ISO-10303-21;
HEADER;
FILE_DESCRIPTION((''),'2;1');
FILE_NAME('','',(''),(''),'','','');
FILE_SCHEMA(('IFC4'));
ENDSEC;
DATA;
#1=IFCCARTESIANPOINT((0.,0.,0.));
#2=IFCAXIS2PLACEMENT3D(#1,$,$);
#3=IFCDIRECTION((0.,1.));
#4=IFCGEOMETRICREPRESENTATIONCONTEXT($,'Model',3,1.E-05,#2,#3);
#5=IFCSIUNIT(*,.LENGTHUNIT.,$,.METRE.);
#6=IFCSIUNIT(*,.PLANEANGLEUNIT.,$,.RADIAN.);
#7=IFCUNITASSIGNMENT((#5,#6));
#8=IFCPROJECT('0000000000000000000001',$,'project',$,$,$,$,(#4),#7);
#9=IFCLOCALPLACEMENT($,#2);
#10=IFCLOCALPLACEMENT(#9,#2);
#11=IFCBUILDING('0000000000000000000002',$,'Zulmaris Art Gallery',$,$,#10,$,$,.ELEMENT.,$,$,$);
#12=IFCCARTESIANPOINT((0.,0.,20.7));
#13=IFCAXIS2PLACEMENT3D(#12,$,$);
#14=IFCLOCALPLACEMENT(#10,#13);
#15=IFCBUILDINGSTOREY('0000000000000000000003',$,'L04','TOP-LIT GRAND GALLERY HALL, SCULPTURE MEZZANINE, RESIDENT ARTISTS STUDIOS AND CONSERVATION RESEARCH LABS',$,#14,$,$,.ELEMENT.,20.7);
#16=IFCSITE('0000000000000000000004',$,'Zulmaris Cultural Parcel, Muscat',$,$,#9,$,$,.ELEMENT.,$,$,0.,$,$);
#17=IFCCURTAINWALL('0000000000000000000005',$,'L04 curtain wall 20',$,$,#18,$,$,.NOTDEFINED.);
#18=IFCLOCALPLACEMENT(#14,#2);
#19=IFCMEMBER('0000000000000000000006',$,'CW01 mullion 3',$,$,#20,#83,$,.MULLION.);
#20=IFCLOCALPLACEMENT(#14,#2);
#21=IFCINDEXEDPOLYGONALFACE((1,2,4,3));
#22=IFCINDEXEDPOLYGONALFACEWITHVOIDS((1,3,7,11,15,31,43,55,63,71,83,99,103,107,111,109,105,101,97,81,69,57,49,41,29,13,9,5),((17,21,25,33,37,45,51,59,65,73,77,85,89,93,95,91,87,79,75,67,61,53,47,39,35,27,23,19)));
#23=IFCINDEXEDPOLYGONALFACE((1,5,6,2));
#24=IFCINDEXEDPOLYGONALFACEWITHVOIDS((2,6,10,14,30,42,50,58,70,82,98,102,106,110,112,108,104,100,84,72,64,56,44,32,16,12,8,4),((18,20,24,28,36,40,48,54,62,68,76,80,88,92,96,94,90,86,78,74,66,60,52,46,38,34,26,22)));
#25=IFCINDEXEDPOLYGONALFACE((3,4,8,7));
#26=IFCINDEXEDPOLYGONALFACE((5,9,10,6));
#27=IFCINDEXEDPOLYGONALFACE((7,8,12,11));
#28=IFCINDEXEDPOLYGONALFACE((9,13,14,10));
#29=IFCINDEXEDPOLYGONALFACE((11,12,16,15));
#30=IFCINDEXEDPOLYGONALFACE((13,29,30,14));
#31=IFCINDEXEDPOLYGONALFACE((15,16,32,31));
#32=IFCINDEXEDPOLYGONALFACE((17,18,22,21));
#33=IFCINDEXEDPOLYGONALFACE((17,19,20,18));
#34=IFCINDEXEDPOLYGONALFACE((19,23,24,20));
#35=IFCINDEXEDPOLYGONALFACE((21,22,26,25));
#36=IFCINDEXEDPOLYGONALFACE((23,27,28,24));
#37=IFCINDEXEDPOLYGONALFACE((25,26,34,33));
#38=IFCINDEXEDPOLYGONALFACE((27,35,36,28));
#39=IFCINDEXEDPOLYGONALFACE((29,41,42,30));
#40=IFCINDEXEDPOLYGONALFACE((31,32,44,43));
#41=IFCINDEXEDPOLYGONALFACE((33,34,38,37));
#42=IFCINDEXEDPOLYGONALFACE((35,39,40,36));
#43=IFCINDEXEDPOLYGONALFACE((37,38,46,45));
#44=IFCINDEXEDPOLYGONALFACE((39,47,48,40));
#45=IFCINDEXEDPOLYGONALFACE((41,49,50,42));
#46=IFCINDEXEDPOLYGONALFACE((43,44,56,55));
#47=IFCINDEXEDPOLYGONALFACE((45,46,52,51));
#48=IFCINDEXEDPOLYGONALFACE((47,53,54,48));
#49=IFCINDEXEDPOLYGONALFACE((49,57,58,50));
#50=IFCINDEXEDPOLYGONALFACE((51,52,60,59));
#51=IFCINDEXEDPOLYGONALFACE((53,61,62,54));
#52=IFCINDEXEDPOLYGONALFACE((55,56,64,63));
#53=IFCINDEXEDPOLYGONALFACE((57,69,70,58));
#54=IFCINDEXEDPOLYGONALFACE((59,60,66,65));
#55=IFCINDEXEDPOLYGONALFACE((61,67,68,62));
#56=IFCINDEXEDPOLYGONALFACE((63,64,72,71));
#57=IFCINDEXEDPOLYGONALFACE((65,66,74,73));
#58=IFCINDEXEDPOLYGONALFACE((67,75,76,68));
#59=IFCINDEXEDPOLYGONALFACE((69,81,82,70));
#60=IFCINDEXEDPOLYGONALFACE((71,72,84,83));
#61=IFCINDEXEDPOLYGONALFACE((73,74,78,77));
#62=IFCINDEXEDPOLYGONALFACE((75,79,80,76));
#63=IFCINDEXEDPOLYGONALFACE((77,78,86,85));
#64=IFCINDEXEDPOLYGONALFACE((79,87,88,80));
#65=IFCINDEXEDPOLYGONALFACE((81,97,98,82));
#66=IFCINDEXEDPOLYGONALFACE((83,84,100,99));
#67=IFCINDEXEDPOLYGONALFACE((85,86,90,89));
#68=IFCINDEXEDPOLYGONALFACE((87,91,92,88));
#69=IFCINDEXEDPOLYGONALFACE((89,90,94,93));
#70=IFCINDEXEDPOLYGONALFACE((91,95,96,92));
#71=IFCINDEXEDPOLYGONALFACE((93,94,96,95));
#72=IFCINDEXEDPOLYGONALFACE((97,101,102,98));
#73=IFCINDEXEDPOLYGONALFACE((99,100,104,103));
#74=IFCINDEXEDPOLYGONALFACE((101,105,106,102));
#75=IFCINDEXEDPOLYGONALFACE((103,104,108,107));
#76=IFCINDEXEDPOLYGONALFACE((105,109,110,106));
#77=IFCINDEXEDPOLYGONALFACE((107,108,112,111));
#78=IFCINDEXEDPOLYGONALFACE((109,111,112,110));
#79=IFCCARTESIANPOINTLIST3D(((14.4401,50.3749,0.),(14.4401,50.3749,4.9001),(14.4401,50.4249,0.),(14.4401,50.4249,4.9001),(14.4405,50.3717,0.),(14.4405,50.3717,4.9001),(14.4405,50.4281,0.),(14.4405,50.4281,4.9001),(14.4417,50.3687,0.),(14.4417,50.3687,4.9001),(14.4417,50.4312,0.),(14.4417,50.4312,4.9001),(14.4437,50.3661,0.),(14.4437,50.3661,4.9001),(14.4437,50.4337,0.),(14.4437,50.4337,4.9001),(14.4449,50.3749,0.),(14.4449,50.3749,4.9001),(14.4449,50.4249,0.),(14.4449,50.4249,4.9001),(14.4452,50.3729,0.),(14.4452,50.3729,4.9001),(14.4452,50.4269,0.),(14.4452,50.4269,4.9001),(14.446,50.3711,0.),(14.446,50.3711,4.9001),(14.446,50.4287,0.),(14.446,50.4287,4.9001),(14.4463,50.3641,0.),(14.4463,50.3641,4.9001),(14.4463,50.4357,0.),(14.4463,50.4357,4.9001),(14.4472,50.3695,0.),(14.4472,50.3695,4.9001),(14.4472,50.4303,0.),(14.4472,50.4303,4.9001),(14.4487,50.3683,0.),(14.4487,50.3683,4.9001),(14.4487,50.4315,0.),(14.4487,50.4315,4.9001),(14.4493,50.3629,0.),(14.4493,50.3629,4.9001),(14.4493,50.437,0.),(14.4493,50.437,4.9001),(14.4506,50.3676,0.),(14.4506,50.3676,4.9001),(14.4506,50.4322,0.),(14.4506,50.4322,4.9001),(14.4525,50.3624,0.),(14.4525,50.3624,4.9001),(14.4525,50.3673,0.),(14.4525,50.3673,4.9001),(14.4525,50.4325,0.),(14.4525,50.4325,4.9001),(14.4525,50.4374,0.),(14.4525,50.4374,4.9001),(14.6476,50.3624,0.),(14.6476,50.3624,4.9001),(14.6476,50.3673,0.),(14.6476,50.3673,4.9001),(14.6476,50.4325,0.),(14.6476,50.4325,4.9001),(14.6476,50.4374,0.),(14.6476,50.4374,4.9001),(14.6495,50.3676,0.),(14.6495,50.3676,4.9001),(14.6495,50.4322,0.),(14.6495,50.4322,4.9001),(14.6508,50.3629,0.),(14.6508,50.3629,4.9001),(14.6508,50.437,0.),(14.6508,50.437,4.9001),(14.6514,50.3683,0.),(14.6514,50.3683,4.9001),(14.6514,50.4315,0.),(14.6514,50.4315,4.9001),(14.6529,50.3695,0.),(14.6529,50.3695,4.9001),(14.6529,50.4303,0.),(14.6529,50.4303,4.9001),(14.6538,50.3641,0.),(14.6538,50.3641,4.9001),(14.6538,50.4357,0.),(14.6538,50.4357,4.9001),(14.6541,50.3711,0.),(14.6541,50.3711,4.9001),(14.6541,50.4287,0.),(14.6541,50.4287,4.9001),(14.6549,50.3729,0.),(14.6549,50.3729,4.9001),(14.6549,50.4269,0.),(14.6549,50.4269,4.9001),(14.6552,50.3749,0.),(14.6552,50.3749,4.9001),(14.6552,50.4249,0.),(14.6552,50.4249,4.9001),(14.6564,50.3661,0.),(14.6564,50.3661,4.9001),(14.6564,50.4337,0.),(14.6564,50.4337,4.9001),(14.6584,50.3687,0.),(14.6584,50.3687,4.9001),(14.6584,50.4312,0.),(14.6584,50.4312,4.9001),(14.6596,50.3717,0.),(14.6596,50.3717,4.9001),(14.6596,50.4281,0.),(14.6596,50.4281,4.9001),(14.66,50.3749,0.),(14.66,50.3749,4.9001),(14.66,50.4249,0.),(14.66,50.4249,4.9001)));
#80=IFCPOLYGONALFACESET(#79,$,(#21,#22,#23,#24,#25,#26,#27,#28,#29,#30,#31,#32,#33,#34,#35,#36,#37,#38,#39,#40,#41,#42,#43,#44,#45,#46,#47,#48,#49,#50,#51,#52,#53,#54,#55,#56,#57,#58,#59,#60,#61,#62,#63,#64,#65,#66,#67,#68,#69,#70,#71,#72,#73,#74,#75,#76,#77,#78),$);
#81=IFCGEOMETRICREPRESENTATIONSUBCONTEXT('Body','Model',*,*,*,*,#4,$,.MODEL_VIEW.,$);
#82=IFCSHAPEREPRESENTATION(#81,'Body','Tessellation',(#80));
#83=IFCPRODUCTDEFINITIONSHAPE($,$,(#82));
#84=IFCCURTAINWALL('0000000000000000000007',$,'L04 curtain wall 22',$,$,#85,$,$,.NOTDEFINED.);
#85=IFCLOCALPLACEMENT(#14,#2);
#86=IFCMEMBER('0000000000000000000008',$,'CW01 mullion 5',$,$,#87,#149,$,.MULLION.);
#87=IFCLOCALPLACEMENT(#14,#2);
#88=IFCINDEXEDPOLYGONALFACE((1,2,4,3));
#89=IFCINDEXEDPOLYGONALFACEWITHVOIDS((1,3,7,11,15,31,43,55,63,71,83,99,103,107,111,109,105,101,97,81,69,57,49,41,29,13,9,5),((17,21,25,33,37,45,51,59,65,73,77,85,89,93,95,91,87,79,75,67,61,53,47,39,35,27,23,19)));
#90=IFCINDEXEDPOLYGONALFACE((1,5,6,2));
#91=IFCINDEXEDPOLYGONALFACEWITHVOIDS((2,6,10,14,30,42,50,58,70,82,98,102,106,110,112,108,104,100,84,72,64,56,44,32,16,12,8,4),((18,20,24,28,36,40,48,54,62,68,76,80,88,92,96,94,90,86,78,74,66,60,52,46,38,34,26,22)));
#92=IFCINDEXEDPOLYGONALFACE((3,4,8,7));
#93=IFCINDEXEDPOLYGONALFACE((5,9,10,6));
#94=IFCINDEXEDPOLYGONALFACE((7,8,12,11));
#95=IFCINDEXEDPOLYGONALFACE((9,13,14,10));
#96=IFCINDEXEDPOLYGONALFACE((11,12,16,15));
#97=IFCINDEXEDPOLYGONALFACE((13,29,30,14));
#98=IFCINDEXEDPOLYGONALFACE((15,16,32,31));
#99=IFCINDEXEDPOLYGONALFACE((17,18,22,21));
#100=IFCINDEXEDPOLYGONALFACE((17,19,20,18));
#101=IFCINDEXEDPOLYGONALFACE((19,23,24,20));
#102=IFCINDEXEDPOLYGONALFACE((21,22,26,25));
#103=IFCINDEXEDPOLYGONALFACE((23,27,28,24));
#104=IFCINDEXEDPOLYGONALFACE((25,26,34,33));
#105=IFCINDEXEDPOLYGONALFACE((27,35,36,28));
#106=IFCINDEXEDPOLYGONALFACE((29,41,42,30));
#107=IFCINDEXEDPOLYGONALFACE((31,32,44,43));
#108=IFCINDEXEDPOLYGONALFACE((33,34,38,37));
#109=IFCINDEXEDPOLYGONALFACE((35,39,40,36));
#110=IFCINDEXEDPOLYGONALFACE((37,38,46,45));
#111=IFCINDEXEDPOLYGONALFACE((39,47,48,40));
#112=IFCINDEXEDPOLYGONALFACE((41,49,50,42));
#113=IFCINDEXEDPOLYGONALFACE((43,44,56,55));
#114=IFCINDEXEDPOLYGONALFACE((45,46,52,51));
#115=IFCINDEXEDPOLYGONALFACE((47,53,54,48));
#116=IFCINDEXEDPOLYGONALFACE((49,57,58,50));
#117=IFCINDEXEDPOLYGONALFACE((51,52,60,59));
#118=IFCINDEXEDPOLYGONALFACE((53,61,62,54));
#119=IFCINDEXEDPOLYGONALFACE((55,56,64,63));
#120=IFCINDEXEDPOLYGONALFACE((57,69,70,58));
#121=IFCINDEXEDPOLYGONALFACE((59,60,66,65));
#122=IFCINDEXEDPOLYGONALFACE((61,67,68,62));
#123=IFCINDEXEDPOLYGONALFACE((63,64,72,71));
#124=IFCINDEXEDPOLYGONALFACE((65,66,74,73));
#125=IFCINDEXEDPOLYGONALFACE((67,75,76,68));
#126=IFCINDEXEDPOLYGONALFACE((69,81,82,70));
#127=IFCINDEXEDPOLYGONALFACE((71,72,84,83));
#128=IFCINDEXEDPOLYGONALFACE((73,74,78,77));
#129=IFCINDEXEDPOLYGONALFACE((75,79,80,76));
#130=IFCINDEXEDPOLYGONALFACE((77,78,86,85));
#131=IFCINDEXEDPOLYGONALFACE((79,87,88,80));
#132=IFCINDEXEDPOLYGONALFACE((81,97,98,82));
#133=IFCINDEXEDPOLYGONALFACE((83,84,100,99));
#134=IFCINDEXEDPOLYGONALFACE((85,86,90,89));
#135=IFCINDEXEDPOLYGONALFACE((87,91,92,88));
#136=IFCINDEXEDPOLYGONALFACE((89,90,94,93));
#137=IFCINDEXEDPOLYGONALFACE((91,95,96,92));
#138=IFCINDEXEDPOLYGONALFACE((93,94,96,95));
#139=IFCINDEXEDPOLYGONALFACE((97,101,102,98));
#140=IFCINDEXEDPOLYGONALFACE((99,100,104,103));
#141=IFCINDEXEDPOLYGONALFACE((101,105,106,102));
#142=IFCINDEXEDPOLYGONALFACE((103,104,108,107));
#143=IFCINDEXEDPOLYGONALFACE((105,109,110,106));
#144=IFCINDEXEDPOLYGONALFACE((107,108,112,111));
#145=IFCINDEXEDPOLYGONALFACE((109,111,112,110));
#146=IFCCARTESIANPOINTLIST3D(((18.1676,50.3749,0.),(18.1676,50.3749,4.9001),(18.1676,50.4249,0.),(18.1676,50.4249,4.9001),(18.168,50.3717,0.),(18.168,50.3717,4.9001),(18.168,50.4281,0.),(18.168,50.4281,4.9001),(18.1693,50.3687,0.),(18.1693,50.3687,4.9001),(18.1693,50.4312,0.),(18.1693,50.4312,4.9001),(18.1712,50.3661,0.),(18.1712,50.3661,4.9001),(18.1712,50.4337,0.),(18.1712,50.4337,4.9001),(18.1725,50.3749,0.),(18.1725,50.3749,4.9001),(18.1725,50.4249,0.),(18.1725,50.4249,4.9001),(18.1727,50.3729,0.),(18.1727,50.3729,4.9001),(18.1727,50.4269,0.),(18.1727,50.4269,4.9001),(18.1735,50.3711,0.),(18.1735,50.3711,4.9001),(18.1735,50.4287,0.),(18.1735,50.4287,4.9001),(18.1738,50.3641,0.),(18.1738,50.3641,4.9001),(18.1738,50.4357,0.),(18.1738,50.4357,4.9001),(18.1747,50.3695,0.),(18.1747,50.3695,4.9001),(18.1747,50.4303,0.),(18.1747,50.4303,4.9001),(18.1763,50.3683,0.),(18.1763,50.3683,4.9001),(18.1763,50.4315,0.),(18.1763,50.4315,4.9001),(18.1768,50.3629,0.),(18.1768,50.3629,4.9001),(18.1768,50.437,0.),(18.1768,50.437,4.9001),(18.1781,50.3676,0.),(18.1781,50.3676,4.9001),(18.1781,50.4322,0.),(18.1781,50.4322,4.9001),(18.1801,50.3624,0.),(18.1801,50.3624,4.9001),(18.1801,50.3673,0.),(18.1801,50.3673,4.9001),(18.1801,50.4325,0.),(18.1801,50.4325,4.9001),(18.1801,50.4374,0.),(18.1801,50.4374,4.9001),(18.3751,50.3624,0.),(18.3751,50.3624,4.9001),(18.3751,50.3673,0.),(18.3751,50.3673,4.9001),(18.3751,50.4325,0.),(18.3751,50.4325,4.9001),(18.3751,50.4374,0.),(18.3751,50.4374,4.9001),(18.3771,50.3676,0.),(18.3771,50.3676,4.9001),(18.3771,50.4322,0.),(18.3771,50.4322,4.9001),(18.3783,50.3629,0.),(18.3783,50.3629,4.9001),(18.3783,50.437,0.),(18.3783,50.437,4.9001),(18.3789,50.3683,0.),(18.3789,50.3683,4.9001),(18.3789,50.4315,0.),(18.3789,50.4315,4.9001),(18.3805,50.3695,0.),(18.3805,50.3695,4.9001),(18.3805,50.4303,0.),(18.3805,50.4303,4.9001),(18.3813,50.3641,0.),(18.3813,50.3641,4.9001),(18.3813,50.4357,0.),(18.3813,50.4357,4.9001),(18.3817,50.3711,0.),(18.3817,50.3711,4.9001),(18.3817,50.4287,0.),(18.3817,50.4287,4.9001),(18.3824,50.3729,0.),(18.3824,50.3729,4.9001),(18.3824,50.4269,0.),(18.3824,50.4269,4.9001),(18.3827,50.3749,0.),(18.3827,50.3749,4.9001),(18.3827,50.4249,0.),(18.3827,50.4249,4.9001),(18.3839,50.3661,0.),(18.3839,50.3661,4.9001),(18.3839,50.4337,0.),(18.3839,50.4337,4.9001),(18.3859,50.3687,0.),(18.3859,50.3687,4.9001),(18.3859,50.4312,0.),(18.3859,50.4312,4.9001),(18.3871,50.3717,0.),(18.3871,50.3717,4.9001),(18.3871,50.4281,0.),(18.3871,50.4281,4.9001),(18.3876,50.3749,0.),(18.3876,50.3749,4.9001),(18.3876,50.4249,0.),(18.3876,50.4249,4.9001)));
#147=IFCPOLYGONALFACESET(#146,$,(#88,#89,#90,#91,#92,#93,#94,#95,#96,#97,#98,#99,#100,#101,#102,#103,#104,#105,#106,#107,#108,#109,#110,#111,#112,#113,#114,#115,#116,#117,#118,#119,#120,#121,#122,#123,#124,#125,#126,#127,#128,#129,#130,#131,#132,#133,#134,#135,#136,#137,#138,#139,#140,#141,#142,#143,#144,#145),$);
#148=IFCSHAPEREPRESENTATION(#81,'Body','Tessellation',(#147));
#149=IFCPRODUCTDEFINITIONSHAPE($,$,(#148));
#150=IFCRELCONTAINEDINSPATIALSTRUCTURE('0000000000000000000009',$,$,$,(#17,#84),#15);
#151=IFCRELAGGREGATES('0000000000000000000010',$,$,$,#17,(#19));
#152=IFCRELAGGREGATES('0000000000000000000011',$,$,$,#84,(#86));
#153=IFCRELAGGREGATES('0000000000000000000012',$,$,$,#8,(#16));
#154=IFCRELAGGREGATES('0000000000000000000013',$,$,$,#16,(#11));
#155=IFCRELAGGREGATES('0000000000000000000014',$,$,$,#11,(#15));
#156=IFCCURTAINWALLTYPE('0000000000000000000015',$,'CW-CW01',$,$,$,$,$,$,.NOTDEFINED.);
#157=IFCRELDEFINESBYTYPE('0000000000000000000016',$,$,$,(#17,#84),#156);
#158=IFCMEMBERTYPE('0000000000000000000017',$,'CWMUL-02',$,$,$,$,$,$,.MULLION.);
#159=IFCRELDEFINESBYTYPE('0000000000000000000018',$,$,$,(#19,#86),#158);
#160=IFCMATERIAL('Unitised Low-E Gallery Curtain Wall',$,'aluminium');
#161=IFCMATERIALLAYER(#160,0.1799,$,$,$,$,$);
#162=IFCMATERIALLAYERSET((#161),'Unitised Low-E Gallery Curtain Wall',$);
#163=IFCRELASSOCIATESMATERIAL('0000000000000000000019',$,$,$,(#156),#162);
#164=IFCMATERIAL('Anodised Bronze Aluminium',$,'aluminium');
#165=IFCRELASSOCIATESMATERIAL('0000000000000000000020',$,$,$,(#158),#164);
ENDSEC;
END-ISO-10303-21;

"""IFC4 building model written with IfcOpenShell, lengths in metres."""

from ifc_helpers import new_model, si_unit, direction, frame, origin, origin_2d, place, context, subcontext, project, spatial, hollow_rectangle, extrude, material, layer, layer_set, material_profile, profile_set, type_object, element, aggregate, save


model = new_model("IFC4")

# Units and contexts
model_context = context("Model", 3, precision=1e-05, world=origin(), true_north=direction((0.0, 1.0)))
body_context = subcontext(model_context, "Body", "Model", "MODEL_VIEW")
ifc_project = project(units=[si_unit("LENGTHUNIT", "METRE"), si_unit("PLANEANGLEUNIT", "RADIAN")], contexts=[model_context])

# Site, building, storey
site_placement = place(None, origin())
site = spatial("IfcSite", under=ifc_project, at=site_placement, Name="Zulmaris Cultural Parcel, Muscat", CompositionType="ELEMENT", RefElevation=0.0)
building_placement = place(site_placement, origin())
building = spatial("IfcBuilding", under=site, at=building_placement, Name="Zulmaris Art Gallery", CompositionType="ELEMENT")
storey_placement = place(building_placement, frame((0.0, 0.0, 20.7)))
storey = spatial("IfcBuildingStorey", under=building, at=storey_placement, Name="L04", Description="TOP-LIT GRAND GALLERY HALL, SCULPTURE MEZZANINE, RESIDENT ARTISTS STUDIOS AND CONSERVATION RESEARCH LABS", CompositionType="ELEMENT", Elevation=20.7)

# Curtain wall, member
ifc_material_1 = material(Name="Unitised Low-E Gallery Curtain Wall", Category="aluminium")
ifc_layer_1 = layer(ifc_material_1, 0.1799)
ifc_layer_set_1 = layer_set([ifc_layer_1], Name="Unitised Low-E Gallery Curtain Wall")
curtain_wall_type = type_object("IfcCurtainWallType", Name="CW-CW01", PredefinedType="NOTDEFINED", material=ifc_layer_set_1)
curtain_wall_1_placement = place(storey_placement, origin())
curtain_wall_1 = element("IfcCurtainWall", 1, at=curtain_wall_1_placement, inside=storey, type_object=curtain_wall_type, Name="L04 curtain wall 20", PredefinedType="NOTDEFINED")
ifc_material_2 = material(Name="Anodised Bronze Aluminium", Category="aluminium")
ifc_material_profile_1 = material_profile(ifc_material_2, hollow_rectangle(XDim=0.075, YDim=0.22, WallThickness=0.0049, InnerFilletRadius=0.0076, OuterFilletRadius=0.0125, at=origin_2d()), Name="ALU 75x220x5")
ifc_profile_set_1 = profile_set([ifc_material_profile_1], Name="Anodised Bronze Aluminium")
member_type_1 = type_object("IfcMemberType", Name="CWMUL-02", PredefinedType="MULLION", material=ifc_profile_set_1)
member_1_placement = place(storey_placement, frame((14.55, 50.3999, 0.0), z_axis=(0.0, 0.0, 1.0), x_axis=(0.0, -1.0, 0.0)))
member_1 = element("IfcMember", 2, at=member_1_placement, type_object=member_type_1, Name="CW01 mullion 3", PredefinedType="MULLION", context=body_context, shape_type="SweptSolid", body=[
    extrude(hollow_rectangle(XDim=0.075, YDim=0.22, WallThickness=0.0049, InnerFilletRadius=0.0076, OuterFilletRadius=0.0125, at=origin_2d()), origin(), (0.0, 0.0, 1.0), 4.9001),
])

# Curtain wall, member
curtain_wall_2_placement = place(storey_placement, origin())
curtain_wall_2 = element("IfcCurtainWall", 3, at=curtain_wall_2_placement, inside=storey, type_object=curtain_wall_type, Name="L04 curtain wall 22", PredefinedType="NOTDEFINED")
member_2_placement = place(storey_placement, frame((18.2776, 50.3999, 0.0), z_axis=(0.0, 0.0, 1.0), x_axis=(0.0, -1.0, 0.0)))
member_2 = element("IfcMember", 4, at=member_2_placement, type_object=member_type_1, Name="CW01 mullion 5", PredefinedType="MULLION", context=body_context, shape_type="SweptSolid", body=[
    extrude(hollow_rectangle(XDim=0.075, YDim=0.22, WallThickness=0.0049, InnerFilletRadius=0.0076, OuterFilletRadius=0.0125, at=origin_2d()), origin(), (0.0, 0.0, 1.0), 4.9001),
])

aggregate(curtain_wall_1, [member_1])
aggregate(curtain_wall_2, [member_2])

save(model, "model.ifc")
